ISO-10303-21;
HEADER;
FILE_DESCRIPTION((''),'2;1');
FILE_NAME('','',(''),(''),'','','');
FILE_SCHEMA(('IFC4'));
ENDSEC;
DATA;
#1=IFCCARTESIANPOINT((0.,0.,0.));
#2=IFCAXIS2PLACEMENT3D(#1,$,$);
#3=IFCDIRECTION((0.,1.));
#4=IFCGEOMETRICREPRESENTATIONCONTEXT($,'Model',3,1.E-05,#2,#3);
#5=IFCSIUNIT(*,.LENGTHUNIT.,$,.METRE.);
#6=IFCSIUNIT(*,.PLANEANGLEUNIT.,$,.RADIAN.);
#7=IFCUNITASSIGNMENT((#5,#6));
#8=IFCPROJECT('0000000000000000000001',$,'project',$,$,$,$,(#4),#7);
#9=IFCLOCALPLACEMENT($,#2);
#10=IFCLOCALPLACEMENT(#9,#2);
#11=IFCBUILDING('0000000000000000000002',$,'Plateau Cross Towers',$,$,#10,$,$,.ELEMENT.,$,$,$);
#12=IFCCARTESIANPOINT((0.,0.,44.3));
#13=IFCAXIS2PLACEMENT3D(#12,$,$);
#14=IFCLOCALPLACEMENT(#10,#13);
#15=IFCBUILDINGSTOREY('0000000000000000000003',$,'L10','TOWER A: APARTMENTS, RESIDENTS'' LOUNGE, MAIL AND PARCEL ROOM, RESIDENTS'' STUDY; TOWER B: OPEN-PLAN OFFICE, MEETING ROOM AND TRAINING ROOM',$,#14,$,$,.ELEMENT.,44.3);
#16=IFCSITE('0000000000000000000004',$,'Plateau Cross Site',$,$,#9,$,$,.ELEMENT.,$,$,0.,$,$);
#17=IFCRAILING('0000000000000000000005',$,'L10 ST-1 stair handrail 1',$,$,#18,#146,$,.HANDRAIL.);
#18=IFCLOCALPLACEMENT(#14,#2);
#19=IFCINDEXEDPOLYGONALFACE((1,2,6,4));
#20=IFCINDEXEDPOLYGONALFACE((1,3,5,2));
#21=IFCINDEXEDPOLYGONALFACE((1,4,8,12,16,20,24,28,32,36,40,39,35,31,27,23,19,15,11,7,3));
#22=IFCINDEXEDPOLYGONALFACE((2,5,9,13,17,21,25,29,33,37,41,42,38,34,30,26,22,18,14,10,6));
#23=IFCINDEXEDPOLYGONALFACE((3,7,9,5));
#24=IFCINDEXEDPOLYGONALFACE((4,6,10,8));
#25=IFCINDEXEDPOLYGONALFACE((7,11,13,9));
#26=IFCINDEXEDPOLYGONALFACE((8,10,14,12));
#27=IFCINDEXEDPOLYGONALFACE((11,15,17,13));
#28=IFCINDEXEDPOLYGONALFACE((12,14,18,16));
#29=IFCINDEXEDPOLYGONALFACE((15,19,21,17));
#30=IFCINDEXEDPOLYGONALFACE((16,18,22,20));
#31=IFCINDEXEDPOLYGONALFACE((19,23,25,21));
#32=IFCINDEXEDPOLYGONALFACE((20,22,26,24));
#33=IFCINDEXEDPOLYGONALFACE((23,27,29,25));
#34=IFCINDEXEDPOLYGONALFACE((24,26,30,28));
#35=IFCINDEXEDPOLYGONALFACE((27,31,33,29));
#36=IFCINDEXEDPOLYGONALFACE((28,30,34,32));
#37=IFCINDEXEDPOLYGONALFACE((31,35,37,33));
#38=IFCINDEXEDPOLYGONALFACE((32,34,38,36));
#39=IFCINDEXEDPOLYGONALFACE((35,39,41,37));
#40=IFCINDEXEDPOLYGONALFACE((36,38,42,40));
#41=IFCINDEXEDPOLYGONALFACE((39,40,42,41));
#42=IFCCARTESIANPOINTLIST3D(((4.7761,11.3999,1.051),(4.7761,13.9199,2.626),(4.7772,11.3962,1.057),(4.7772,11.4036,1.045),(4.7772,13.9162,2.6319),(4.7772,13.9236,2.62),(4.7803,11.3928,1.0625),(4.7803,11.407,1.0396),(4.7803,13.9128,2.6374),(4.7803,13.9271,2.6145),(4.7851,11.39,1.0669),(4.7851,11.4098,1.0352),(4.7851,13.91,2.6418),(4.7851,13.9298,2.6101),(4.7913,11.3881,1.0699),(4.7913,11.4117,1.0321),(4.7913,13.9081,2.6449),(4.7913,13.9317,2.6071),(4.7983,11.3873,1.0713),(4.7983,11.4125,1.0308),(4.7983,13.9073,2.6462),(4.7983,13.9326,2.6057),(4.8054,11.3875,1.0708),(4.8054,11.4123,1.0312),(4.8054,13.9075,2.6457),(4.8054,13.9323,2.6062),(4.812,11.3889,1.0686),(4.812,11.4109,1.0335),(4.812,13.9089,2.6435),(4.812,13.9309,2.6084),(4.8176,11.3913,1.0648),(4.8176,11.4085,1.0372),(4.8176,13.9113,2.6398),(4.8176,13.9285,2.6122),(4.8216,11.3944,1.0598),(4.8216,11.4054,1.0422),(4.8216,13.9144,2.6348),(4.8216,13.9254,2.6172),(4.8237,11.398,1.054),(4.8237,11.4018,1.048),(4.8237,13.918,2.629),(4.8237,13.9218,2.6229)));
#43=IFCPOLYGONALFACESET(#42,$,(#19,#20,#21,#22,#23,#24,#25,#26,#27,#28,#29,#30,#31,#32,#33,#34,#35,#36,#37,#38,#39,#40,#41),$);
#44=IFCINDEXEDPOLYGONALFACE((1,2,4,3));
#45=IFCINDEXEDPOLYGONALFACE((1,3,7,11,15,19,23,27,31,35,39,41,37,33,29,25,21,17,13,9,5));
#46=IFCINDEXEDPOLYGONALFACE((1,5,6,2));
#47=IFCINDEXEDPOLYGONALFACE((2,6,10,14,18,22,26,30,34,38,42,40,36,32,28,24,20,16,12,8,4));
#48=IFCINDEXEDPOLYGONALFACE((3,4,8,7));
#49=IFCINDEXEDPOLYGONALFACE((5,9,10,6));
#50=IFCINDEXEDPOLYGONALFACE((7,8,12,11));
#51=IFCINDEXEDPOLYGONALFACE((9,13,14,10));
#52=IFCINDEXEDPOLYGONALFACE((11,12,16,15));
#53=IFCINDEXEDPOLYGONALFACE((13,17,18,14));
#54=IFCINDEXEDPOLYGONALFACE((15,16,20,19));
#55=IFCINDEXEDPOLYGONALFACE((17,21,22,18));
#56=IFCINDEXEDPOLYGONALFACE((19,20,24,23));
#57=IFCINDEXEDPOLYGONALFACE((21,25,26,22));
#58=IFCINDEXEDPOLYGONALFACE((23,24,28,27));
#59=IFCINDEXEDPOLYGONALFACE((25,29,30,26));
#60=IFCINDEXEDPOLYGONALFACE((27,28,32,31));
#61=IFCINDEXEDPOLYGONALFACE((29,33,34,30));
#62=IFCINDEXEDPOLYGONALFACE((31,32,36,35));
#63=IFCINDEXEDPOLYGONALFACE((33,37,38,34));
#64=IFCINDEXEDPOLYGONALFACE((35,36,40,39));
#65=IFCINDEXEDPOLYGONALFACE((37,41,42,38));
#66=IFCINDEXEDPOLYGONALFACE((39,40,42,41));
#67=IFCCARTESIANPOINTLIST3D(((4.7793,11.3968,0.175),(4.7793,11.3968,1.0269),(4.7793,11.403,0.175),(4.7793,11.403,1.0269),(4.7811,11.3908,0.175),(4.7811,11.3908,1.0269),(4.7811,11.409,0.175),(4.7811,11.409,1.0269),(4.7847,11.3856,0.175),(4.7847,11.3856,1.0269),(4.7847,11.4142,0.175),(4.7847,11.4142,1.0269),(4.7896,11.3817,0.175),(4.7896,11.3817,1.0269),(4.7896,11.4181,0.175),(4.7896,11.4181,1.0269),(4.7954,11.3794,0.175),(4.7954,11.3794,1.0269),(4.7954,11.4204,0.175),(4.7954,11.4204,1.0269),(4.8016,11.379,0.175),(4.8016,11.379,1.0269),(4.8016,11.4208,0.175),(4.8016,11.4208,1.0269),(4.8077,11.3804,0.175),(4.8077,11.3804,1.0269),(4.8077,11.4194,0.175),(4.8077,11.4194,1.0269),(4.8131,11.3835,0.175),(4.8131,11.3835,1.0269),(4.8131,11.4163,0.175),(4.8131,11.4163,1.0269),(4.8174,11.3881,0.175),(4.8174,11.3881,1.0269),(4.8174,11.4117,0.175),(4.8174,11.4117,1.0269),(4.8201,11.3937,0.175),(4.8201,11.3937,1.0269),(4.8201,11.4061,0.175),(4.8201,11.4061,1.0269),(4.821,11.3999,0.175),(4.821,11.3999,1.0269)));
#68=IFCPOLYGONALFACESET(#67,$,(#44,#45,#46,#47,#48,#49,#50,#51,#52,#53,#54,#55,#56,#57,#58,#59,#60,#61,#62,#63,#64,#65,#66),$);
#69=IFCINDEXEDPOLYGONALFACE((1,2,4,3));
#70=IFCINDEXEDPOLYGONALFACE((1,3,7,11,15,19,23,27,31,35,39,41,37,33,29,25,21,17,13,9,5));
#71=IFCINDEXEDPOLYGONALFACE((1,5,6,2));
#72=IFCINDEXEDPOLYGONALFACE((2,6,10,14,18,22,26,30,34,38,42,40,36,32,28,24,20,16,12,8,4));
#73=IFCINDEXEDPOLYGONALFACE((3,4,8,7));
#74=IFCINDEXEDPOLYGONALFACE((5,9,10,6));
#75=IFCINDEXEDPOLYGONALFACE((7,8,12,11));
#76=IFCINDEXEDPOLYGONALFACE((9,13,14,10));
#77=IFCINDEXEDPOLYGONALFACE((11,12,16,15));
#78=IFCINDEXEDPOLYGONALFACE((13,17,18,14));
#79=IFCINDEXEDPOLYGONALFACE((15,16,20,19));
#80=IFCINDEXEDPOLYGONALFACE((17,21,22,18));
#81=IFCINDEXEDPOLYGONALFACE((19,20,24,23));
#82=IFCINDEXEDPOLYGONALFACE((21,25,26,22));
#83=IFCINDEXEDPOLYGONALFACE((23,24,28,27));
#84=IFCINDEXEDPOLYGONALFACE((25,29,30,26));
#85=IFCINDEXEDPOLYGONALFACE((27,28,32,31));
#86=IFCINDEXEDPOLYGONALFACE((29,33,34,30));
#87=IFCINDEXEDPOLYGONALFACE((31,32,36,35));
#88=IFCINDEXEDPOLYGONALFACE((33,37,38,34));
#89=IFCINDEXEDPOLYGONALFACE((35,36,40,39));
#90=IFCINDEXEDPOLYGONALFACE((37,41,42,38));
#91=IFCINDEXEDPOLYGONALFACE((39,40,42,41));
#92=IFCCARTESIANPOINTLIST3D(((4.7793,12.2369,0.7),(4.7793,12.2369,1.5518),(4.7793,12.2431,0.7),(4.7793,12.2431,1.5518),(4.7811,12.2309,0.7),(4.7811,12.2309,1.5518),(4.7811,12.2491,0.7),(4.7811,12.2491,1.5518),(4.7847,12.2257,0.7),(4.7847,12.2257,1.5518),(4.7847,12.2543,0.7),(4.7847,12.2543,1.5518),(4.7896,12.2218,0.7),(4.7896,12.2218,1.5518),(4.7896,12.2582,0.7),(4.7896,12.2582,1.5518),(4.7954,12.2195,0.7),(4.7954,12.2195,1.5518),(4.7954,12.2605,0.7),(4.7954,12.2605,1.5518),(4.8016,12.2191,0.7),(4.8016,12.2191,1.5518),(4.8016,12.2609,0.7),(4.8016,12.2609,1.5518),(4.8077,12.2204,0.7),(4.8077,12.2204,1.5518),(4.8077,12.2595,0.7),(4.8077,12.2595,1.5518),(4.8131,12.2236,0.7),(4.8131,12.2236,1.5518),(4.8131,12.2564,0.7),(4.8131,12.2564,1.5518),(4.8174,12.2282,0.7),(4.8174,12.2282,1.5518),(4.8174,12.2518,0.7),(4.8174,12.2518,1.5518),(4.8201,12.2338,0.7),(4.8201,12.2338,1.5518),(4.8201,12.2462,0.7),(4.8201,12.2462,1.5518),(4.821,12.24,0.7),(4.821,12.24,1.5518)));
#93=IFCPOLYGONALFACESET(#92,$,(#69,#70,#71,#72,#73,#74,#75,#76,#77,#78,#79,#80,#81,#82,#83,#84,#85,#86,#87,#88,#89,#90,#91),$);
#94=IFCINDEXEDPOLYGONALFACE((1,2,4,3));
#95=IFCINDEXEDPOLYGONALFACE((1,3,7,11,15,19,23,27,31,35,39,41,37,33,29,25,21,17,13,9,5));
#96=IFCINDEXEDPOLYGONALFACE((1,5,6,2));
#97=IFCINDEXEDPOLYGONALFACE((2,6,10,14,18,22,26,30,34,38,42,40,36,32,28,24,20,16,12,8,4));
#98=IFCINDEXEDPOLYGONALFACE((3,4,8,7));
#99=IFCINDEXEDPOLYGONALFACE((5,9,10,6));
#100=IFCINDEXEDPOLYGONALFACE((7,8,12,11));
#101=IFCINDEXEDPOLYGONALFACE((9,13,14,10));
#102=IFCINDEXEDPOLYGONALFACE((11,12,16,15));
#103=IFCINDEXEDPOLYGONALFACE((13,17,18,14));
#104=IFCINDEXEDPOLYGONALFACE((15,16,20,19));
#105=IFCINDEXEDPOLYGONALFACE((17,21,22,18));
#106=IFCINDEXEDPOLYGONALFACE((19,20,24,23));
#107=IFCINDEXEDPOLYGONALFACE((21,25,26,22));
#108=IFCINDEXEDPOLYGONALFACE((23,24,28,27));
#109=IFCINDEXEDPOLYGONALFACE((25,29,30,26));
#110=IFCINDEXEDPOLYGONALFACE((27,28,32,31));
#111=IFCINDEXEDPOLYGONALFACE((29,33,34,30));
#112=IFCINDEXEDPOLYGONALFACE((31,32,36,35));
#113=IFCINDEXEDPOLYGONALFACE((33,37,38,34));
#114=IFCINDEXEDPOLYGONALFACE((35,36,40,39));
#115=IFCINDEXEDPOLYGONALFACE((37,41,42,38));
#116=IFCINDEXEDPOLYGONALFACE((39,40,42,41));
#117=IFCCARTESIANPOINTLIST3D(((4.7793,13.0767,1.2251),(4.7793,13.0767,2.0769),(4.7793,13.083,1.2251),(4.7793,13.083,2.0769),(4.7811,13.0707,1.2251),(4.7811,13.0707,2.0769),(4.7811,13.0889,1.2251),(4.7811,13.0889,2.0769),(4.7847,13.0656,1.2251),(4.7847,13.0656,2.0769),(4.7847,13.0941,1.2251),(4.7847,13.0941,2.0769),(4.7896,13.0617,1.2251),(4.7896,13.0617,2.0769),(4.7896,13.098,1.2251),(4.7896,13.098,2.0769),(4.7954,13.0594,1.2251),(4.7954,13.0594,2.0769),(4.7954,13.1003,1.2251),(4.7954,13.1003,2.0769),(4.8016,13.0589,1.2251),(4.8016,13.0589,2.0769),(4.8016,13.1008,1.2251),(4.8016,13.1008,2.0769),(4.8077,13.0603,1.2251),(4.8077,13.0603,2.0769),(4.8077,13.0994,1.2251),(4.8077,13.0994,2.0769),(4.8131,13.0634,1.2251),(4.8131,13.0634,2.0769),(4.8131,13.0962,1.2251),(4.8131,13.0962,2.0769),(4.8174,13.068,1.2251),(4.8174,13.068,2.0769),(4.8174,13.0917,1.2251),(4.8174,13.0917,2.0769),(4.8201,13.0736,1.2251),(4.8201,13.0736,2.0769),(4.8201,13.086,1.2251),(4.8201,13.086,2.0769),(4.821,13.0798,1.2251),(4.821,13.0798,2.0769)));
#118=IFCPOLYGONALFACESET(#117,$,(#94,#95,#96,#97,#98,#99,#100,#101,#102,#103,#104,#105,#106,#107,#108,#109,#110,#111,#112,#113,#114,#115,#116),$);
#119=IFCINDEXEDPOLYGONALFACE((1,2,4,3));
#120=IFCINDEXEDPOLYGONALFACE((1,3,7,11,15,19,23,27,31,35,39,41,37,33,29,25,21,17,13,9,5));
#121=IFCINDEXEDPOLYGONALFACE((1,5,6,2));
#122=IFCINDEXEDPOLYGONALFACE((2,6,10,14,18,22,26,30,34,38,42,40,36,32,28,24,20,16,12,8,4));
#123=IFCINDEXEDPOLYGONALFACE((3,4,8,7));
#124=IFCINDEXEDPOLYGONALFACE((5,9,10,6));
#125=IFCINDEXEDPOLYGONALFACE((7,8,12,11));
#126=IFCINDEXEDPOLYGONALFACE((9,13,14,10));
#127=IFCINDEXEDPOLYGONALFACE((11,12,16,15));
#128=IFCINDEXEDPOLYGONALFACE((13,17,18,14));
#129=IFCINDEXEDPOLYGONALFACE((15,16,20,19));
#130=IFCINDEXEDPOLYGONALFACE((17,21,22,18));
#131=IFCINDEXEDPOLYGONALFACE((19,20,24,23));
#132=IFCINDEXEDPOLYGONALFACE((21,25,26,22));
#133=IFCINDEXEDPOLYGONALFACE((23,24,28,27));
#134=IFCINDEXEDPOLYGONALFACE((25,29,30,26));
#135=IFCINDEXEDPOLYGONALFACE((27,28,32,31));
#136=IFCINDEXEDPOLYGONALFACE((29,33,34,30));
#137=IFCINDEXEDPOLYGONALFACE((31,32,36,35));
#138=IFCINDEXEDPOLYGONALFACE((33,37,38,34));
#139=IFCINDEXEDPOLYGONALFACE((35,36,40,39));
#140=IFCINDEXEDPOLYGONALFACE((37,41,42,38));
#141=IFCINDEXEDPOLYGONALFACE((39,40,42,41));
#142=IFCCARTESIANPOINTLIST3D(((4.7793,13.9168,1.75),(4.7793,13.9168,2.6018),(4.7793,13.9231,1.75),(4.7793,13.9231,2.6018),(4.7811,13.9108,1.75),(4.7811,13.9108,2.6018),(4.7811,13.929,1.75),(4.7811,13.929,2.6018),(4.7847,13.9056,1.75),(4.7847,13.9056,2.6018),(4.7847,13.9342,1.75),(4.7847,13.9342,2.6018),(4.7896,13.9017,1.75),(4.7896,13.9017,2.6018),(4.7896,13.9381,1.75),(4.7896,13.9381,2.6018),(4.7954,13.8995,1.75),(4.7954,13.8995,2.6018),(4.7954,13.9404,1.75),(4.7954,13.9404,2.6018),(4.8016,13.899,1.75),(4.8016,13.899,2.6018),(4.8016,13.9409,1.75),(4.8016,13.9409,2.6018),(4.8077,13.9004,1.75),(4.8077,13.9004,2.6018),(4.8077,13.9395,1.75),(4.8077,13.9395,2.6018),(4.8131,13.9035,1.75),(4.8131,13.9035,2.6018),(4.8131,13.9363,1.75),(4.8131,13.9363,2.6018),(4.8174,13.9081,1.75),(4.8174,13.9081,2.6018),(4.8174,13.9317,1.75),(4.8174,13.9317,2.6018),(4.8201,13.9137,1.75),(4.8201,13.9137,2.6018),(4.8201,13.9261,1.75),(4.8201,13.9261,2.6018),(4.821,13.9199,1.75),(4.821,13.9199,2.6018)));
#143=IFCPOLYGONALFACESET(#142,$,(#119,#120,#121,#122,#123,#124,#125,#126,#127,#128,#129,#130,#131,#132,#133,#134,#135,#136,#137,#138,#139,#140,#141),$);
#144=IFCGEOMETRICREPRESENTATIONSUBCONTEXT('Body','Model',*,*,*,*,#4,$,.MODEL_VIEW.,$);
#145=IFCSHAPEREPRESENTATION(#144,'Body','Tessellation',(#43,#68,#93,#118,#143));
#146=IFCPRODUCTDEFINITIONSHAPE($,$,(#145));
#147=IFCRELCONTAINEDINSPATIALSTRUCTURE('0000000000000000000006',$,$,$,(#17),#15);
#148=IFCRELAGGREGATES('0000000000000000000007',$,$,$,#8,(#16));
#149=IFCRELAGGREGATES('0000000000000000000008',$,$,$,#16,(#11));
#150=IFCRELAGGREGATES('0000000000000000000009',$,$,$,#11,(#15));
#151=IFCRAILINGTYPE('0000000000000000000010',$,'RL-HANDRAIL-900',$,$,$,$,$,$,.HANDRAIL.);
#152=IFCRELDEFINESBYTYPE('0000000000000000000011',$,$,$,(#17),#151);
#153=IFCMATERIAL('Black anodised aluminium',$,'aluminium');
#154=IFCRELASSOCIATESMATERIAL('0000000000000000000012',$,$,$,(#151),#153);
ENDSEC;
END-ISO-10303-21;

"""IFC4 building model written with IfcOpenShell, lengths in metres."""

from ifc_helpers import new_model, si_unit, direction, frame, origin, origin_2d, place, context, subcontext, project, spatial, circle, extrude, material, type_object, element, save


model = new_model("IFC4")

# Units and contexts
model_context = context("Model", 3, precision=1e-05, world=origin(), true_north=direction((0.0, 1.0)))
body_context = subcontext(model_context, "Body", "Model", "MODEL_VIEW")
ifc_project = project(units=[si_unit("LENGTHUNIT", "METRE"), si_unit("PLANEANGLEUNIT", "RADIAN")], contexts=[model_context])

# Site, building, storey
site_placement = place(None, origin())
site = spatial("IfcSite", under=ifc_project, at=site_placement, Name="Plateau Cross Site", CompositionType="ELEMENT", RefElevation=0.0)
building_placement = place(site_placement, origin())
building = spatial("IfcBuilding", under=site, at=building_placement, Name="Plateau Cross Towers", CompositionType="ELEMENT")
storey_placement = place(building_placement, frame((0.0, 0.0, 44.3)))
storey = spatial("IfcBuildingStorey", under=building, at=storey_placement, Name="L10", Description="TOWER A: APARTMENTS, RESIDENTS' LOUNGE, MAIL AND PARCEL ROOM, RESIDENTS' STUDY; TOWER B: OPEN-PLAN OFFICE, MEETING ROOM AND TRAINING ROOM", CompositionType="ELEMENT", Elevation=44.3)

# Shared definitions
ifc_material_1 = material(Name="Black anodised aluminium", Category="aluminium")

# Railing
railing_type_1 = type_object("IfcRailingType", Name="RL-HANDRAIL-900", PredefinedType="HANDRAIL", material=ifc_material_1)
railing_1_placement = place(storey_placement, frame((4.8, 11.3999, 0.175)))
element("IfcRailing", 1, at=railing_1_placement, inside=storey, type_object=railing_type_1, Name="L10 ST-1 stair handrail 1", PredefinedType="HANDRAIL", context=body_context, shape_type="SweptSolid", body=[
    extrude(circle(Radius=0.0239, at=origin_2d()), frame((0.0, 0.0, 0.876), z_axis=(0.0, 0.848008, 0.529984), x_axis=(-1.0, 0.0, 0.0)), (0.0, 0.0, 1.0), 2.9717),
    extrude(circle(Radius=0.021, at=origin_2d()), origin(), (0.0, 0.0, 1.0), 0.8518),
    extrude(circle(Radius=0.021, at=origin_2d()), frame((0.0, 0.8401, 0.5249)), (0.0, 0.0, 1.0), 0.8518),
    extrude(circle(Radius=0.021, at=origin_2d()), frame((0.0, 1.6799, 1.05)), (0.0, 0.0, 1.0), 0.8518),
    extrude(circle(Radius=0.021, at=origin_2d()), frame((0.0, 2.52, 1.575)), (0.0, 0.0, 1.0), 0.8518),
])

save(model, "model.ifc")
